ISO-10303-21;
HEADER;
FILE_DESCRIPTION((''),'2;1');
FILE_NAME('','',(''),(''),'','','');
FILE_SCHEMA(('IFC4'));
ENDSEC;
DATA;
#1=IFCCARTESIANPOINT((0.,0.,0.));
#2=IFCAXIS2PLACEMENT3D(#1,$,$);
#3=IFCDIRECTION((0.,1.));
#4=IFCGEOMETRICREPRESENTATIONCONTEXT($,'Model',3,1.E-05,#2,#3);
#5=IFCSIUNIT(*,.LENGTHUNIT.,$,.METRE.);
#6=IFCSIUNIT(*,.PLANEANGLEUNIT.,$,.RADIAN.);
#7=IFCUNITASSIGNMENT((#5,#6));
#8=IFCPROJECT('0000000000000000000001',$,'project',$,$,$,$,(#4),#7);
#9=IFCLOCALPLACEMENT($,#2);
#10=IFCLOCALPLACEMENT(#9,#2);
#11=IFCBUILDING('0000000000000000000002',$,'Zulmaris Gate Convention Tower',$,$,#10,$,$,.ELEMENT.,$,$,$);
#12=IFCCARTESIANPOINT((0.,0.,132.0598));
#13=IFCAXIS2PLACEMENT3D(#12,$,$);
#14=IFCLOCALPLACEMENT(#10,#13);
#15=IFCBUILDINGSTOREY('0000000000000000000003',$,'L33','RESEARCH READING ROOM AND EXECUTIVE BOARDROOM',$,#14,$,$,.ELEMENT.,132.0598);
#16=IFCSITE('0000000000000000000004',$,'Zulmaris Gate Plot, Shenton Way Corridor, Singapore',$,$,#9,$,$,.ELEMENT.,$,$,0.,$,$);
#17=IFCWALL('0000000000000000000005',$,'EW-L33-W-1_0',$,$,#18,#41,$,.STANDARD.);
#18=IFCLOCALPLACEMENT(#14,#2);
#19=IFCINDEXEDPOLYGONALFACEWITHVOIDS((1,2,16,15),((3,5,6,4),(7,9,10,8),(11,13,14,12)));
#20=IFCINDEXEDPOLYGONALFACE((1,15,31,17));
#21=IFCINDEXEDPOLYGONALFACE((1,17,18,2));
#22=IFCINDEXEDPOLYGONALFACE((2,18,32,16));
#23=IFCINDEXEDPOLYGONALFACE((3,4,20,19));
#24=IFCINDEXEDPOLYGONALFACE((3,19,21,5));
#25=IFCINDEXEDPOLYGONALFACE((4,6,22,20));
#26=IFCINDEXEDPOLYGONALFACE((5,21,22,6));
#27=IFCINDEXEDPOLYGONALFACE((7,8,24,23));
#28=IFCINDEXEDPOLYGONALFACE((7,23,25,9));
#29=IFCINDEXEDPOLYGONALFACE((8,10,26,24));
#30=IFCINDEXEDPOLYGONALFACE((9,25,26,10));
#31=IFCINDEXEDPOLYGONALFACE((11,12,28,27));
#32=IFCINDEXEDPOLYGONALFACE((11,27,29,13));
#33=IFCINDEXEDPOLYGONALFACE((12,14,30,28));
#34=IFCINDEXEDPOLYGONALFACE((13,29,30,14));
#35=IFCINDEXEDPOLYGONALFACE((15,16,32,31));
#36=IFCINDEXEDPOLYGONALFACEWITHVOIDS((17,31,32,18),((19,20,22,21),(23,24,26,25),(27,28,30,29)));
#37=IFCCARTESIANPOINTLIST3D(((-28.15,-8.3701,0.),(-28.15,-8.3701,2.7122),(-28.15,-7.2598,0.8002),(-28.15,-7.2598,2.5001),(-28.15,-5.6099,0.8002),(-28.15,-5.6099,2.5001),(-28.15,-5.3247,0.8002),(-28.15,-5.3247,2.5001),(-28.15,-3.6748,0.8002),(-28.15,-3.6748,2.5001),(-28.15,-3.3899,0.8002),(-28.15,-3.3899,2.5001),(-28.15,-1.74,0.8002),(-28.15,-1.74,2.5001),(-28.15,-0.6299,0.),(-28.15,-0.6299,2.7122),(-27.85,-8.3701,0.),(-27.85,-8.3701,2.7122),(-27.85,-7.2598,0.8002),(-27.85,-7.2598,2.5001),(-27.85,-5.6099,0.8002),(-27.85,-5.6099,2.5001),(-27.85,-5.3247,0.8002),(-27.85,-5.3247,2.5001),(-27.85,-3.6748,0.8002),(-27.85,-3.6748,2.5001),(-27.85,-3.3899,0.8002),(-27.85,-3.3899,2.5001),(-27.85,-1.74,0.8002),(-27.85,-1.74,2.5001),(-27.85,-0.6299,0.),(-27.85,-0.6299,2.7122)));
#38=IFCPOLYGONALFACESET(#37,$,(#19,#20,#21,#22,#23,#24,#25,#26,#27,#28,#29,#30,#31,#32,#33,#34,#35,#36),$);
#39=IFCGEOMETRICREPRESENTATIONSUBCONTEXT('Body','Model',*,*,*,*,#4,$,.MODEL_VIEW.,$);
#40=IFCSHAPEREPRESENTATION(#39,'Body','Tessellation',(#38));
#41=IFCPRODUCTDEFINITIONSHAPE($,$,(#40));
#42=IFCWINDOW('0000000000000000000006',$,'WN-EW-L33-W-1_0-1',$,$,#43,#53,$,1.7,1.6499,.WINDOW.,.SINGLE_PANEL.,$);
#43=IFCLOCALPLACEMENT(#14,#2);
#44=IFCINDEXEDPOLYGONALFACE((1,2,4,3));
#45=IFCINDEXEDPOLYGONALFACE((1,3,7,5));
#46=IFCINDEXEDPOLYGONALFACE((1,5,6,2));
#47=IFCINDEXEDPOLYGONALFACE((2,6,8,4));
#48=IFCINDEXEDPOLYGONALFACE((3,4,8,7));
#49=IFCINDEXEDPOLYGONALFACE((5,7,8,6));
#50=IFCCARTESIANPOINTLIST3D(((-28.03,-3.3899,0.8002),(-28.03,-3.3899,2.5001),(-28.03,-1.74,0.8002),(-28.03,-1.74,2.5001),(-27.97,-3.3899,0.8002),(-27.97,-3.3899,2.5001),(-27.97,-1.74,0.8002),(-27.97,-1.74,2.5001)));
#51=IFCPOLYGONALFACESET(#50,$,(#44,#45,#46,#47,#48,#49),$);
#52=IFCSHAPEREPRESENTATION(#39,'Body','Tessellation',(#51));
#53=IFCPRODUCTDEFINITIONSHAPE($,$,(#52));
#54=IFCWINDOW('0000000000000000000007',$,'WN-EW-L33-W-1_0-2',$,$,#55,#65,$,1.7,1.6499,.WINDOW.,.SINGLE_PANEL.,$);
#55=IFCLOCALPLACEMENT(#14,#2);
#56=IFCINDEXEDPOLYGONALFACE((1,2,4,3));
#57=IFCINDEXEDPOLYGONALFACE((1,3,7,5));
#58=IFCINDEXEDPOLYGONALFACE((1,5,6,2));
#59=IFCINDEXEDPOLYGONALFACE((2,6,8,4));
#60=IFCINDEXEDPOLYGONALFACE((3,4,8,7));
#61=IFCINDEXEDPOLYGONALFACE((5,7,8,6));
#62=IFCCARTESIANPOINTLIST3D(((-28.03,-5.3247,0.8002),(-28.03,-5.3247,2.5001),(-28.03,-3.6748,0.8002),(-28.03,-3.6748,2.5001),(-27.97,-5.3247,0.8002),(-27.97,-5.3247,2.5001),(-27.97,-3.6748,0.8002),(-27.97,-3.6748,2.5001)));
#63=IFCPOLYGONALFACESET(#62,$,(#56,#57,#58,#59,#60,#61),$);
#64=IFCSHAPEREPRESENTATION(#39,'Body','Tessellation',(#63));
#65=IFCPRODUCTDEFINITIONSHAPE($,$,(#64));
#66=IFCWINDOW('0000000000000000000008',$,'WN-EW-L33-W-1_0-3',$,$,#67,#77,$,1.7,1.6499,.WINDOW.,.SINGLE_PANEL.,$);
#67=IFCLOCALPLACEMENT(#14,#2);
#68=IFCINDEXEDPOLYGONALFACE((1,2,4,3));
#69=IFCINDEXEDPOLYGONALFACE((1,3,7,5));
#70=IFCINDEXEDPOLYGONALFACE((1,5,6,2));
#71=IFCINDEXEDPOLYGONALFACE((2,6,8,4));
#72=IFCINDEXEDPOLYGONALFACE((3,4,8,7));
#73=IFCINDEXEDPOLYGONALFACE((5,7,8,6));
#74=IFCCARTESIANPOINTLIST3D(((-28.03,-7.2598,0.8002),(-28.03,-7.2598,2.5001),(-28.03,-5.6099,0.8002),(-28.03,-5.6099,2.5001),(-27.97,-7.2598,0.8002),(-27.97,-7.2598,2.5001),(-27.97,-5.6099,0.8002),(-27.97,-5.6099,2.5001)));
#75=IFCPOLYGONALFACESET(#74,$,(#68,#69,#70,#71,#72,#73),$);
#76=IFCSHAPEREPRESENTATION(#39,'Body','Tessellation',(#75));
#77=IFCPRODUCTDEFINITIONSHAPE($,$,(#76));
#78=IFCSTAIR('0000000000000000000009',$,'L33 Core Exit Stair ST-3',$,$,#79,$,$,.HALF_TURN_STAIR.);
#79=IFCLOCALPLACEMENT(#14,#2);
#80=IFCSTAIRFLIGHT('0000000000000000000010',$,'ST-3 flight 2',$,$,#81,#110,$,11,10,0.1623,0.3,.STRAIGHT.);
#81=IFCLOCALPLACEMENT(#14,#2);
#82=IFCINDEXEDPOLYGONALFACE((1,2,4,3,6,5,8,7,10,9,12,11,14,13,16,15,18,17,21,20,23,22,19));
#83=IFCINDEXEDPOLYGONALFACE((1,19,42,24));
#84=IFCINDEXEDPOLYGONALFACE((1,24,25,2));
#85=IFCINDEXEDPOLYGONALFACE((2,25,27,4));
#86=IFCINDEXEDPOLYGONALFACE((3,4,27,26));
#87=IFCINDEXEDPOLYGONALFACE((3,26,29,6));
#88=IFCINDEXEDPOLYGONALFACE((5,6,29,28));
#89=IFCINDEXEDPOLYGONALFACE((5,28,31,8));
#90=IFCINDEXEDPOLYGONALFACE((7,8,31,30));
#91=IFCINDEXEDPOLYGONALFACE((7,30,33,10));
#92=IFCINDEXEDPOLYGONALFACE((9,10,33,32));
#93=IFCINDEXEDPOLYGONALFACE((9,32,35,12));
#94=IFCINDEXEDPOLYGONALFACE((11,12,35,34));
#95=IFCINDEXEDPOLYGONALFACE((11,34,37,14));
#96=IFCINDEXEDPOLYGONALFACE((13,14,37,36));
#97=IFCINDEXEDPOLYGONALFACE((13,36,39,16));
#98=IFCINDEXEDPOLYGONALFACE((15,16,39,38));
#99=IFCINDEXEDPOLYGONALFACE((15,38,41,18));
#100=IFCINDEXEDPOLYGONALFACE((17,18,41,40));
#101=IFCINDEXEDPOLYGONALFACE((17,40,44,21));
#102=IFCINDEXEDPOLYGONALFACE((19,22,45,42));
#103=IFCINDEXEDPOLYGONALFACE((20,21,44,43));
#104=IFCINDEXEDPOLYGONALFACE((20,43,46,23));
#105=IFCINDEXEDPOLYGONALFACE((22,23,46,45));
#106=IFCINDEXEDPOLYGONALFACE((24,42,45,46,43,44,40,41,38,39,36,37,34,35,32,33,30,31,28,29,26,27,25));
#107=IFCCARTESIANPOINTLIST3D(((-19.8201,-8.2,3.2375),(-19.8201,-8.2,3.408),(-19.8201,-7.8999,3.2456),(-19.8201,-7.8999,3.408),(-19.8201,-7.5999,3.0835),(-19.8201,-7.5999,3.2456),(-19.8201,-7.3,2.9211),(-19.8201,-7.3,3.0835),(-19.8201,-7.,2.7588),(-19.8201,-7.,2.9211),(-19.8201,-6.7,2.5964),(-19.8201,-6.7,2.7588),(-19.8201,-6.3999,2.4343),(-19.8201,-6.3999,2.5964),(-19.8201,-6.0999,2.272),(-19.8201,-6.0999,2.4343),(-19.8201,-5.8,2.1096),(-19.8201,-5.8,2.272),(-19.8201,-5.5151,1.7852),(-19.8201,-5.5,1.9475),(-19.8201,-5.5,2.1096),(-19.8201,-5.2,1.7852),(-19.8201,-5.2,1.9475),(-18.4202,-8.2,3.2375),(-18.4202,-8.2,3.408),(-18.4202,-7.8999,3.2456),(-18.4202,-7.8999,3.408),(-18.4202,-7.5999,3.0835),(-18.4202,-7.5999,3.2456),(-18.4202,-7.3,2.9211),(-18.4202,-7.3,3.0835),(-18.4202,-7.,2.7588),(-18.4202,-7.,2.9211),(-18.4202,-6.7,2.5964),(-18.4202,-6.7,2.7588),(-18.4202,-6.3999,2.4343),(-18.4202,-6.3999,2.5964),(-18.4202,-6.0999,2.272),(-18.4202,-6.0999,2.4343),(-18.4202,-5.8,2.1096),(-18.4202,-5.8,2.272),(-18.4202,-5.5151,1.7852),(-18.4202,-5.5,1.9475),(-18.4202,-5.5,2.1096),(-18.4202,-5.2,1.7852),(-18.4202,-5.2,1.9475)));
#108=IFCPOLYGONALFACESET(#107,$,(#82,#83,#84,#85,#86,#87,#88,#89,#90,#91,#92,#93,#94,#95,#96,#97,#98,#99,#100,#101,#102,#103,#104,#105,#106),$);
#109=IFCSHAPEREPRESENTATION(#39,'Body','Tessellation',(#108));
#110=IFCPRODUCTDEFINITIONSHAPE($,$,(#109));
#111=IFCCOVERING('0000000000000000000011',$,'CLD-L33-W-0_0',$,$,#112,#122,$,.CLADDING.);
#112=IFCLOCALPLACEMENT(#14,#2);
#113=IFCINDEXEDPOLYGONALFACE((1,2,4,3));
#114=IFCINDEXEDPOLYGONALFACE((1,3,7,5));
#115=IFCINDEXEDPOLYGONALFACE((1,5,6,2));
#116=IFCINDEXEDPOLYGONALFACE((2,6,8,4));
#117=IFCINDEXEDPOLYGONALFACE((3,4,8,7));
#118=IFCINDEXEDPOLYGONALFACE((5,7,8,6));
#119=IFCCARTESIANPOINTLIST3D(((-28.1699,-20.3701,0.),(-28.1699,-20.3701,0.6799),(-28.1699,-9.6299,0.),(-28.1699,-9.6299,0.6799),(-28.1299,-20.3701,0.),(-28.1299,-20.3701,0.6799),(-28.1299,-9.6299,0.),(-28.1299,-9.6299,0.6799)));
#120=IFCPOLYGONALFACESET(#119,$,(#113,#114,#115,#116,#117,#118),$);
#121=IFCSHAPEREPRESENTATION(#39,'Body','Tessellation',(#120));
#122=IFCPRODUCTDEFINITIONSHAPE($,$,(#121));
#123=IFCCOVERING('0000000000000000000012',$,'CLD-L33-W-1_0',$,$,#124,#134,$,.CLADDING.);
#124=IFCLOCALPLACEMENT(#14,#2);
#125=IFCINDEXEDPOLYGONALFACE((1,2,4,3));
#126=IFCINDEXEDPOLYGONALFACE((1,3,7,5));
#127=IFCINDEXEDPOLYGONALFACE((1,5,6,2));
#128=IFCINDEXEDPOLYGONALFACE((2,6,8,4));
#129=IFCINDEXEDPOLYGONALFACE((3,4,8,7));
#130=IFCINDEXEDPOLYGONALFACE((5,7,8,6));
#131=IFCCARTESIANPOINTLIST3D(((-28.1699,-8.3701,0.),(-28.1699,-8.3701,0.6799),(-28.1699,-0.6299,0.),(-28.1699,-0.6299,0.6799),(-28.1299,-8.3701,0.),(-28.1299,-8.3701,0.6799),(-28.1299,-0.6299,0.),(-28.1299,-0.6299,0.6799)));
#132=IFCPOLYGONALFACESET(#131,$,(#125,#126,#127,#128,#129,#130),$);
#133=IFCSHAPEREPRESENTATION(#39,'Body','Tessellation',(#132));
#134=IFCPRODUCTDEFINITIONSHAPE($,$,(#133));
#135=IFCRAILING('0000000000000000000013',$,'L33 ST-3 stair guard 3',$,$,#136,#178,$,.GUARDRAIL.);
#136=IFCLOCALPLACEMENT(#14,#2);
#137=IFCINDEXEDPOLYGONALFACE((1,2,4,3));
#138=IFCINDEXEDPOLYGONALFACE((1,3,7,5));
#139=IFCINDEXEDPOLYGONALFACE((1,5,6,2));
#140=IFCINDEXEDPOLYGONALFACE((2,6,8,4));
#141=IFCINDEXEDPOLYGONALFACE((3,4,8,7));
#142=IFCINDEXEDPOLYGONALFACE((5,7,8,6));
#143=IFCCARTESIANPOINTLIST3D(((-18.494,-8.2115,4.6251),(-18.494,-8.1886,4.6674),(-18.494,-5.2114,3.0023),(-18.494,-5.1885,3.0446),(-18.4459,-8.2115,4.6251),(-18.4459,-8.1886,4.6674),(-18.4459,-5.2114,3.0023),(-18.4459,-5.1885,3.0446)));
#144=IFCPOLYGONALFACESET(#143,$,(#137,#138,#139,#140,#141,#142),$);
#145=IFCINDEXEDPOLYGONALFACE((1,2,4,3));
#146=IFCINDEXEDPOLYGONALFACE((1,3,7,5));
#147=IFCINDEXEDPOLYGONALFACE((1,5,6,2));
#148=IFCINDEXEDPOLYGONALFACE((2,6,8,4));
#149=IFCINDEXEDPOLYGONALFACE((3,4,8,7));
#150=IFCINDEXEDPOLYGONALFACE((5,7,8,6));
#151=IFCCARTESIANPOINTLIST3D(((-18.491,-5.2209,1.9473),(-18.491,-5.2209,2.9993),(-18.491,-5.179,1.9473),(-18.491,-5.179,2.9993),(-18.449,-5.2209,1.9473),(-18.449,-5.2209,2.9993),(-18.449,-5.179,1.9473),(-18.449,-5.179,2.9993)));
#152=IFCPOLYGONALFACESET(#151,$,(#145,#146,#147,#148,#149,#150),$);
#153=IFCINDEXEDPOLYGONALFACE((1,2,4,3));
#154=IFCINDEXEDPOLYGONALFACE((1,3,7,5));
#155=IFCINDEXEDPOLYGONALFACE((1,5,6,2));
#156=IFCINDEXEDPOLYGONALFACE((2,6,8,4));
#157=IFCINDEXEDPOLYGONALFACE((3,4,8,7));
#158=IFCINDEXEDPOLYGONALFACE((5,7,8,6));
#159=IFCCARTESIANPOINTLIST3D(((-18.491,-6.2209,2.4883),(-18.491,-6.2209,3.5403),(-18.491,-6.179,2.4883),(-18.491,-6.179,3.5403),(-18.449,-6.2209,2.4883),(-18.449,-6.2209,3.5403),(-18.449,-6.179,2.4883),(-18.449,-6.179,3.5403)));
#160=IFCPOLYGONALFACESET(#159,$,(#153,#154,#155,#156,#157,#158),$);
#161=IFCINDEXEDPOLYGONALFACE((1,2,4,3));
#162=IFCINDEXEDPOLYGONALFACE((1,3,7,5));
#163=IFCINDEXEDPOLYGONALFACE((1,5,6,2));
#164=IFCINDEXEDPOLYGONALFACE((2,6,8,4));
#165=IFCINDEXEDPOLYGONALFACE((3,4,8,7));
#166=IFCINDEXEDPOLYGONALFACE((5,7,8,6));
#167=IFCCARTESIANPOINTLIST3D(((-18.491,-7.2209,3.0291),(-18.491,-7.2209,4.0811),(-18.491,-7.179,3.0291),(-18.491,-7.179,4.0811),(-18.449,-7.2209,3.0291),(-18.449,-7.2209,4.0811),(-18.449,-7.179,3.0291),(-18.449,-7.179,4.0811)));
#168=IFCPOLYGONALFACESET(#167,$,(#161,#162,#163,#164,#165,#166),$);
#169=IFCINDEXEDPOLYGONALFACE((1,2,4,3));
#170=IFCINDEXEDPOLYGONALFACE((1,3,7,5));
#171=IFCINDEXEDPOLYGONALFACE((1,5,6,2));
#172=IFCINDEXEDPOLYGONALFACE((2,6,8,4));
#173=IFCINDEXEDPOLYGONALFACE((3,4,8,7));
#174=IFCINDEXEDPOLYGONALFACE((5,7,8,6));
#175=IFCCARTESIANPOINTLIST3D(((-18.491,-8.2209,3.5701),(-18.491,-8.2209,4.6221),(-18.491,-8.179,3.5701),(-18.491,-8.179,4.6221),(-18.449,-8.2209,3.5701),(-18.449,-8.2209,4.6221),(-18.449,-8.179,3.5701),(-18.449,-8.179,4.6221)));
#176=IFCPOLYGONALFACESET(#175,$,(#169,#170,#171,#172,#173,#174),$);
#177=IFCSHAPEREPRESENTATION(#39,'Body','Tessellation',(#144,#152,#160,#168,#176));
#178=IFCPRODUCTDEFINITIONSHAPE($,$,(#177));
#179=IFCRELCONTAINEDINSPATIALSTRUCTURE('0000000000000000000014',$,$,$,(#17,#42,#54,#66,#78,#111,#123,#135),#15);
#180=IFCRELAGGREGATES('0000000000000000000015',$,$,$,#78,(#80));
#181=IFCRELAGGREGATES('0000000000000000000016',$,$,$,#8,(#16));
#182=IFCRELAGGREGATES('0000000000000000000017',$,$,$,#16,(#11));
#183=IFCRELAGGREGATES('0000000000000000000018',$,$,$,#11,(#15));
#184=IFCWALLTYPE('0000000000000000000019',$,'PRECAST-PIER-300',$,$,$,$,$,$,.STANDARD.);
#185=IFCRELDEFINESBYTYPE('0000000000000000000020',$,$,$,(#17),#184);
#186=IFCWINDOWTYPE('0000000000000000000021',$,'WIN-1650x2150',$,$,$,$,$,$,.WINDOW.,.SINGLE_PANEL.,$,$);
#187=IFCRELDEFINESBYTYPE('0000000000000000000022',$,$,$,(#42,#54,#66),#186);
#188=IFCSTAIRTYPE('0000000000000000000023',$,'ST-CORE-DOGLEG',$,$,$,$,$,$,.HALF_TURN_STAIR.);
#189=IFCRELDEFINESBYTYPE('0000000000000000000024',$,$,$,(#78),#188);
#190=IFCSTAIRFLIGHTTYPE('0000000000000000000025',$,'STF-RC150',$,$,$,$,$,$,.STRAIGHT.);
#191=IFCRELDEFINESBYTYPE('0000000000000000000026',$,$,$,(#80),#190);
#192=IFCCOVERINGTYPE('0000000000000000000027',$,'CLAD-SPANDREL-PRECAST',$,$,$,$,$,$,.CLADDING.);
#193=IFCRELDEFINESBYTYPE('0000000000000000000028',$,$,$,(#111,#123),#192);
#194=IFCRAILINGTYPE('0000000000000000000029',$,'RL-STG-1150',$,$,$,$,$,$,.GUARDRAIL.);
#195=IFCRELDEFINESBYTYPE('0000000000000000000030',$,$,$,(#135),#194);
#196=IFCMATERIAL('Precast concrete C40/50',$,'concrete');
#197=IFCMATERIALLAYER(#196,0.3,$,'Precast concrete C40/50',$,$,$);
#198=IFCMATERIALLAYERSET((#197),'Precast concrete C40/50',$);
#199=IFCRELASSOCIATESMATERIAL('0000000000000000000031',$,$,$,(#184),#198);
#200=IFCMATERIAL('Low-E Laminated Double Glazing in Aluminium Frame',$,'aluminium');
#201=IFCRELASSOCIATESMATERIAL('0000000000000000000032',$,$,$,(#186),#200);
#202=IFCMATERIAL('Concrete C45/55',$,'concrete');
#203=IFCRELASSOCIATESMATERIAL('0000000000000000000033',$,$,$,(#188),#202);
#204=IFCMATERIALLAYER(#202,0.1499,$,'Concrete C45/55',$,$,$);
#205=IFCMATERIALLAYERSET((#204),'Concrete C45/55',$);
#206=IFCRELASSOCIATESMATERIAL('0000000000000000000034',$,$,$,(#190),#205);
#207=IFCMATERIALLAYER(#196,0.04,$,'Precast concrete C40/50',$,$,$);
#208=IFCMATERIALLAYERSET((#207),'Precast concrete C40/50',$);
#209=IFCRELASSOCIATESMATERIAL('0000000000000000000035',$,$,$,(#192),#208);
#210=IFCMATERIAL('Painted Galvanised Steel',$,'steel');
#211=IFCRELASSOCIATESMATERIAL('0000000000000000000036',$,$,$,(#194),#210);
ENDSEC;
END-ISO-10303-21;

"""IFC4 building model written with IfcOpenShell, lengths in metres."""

from ifc_helpers import new_model, si_unit, direction, frame, frame_2d, origin, origin_2d, place, context, subcontext, project, spatial, polyline, rectangle, outline, extrude, material, layer, layer_set, type_object, element, fill, aggregate, save


model = new_model("IFC4")

# Units and contexts
model_context = context("Model", 3, precision=1e-05, world=origin(), true_north=direction((0.0, 1.0)))
body_context = subcontext(model_context, "Body", "Model", "MODEL_VIEW")
ifc_project = project(units=[si_unit("LENGTHUNIT", "METRE"), si_unit("PLANEANGLEUNIT", "RADIAN")], contexts=[model_context])

# Site, building, storey
site_placement = place(None, origin())
site = spatial("IfcSite", under=ifc_project, at=site_placement, Name="Zulmaris Gate Plot, Shenton Way Corridor, Singapore", CompositionType="ELEMENT", RefElevation=0.0)
building_placement = place(site_placement, origin())
building = spatial("IfcBuilding", under=site, at=building_placement, Name="Zulmaris Gate Convention Tower", CompositionType="ELEMENT")
storey_placement = place(building_placement, frame((0.0, 0.0, 132.0598)))
storey = spatial("IfcBuildingStorey", under=building, at=storey_placement, Name="L33", Description="RESEARCH READING ROOM AND EXECUTIVE BOARDROOM", CompositionType="ELEMENT", Elevation=132.0598)

# Shared definitions
ifc_material_1 = material(Name="Precast concrete C40/50", Category="concrete")
ifc_layer_1 = layer(ifc_material_1, 0.3, Name="Precast concrete C40/50")
ifc_layer_set_1 = layer_set([ifc_layer_1], Name="Precast concrete C40/50")
wall_type_1 = type_object("IfcWallType", Name="PRECAST-PIER-300", PredefinedType="STANDARD", material=ifc_layer_set_1)

# Wall, openings, windows
wall_1_placement = place(storey_placement, frame((-28.0, -0.6299, 0.0), z_axis=(0.0, 0.0, 1.0), x_axis=(0.0, -1.0, 0.0)))
wall_1 = element("IfcWall", 1, at=wall_1_placement, inside=storey, type_object=wall_type_1, Name="EW-L33-W-1_0", PredefinedType="STANDARD", context=body_context, shape_type="SweptSolid", body=[
    extrude(rectangle(XDim=7.7402, YDim=0.3, at=frame_2d((3.8701, 0.0))), origin(), (0.0, 0.0, 1.0), 2.7122),
])
opening_1_placement = place(wall_1_placement, frame((1.1101, 0.0, 0.8)))
opening_1 = element("IfcOpeningElement", 2, at=opening_1_placement, cuts=wall_1, PredefinedType="OPENING", context=body_context, shape_type="SweptSolid", body=[
    extrude(rectangle(XDim=1.6499, YDim=1.7, at=frame_2d((0.825, 0.8501))), frame((0.0, 0.1602, 0.0), z_axis=(0.0, -1.0, 0.0), x_axis=(1.0, 0.0, 0.0)), (0.0, 0.0, 1.0), 0.3201),
])
opening_2_placement = place(wall_1_placement, frame((3.0449, 0.0, 0.8)))
opening_2 = element("IfcOpeningElement", 3, at=opening_2_placement, cuts=wall_1, PredefinedType="OPENING", context=body_context, shape_type="SweptSolid", body=[
    extrude(rectangle(XDim=1.6499, YDim=1.7, at=frame_2d((0.825, 0.8501))), frame((0.0, 0.1602, 0.0), z_axis=(0.0, -1.0, 0.0), x_axis=(1.0, 0.0, 0.0)), (0.0, 0.0, 1.0), 0.3201),
])
opening_3_placement = place(wall_1_placement, frame((4.98, 0.0, 0.8)))
opening_3 = element("IfcOpeningElement", 4, at=opening_3_placement, cuts=wall_1, PredefinedType="OPENING", context=body_context, shape_type="SweptSolid", body=[
    extrude(rectangle(XDim=1.6499, YDim=1.7, at=frame_2d((0.825, 0.8501))), frame((0.0, 0.1602, 0.0), z_axis=(0.0, -1.0, 0.0), x_axis=(1.0, 0.0, 0.0)), (0.0, 0.0, 1.0), 0.3201),
])
ifc_material_2 = material(Name="Low-E Laminated Double Glazing in Aluminium Frame", Category="aluminium")
window_type = type_object("IfcWindowType", Name="WIN-1650x2150", PartitioningType="SINGLE_PANEL", PredefinedType="WINDOW", material=ifc_material_2)
window_1_placement = place(opening_1_placement, origin())
window_1 = element("IfcWindow", 5, at=window_1_placement, inside=storey, type_object=window_type, Name="WN-EW-L33-W-1_0-1", OverallHeight=1.7, OverallWidth=1.6499, PartitioningType="SINGLE_PANEL", PredefinedType="WINDOW", context=body_context, shape_type="SweptSolid", body=[
    extrude(rectangle(XDim=1.6499, YDim=1.7, at=frame_2d((0.825, 0.8501))), frame((0.0, 0.03, 0.0), z_axis=(0.0, -1.0, 0.0), x_axis=(1.0, 0.0, 0.0)), (0.0, 0.0, 1.0), 0.0601),
])
fill(opening_1, window_1)
window_2_placement = place(opening_2_placement, origin())
window_2 = element("IfcWindow", 6, at=window_2_placement, inside=storey, type_object=window_type, Name="WN-EW-L33-W-1_0-2", OverallHeight=1.7, OverallWidth=1.6499, PartitioningType="SINGLE_PANEL", PredefinedType="WINDOW", context=body_context, shape_type="SweptSolid", body=[
    extrude(rectangle(XDim=1.6499, YDim=1.7, at=frame_2d((0.825, 0.8501))), frame((0.0, 0.03, 0.0), z_axis=(0.0, -1.0, 0.0), x_axis=(1.0, 0.0, 0.0)), (0.0, 0.0, 1.0), 0.0601),
])
fill(opening_2, window_2)
window_3_placement = place(opening_3_placement, origin())
window_3 = element("IfcWindow", 7, at=window_3_placement, inside=storey, type_object=window_type, Name="WN-EW-L33-W-1_0-3", OverallHeight=1.7, OverallWidth=1.6499, PartitioningType="SINGLE_PANEL", PredefinedType="WINDOW", context=body_context, shape_type="SweptSolid", body=[
    extrude(rectangle(XDim=1.6499, YDim=1.7, at=frame_2d((0.825, 0.8501))), frame((0.0, 0.03, 0.0), z_axis=(0.0, -1.0, 0.0), x_axis=(1.0, 0.0, 0.0)), (0.0, 0.0, 1.0), 0.0601),
])
fill(opening_3, window_3)

# Stair, stair flight
ifc_material_3 = material(Name="Concrete C45/55", Category="concrete")
stair_type = type_object("IfcStairType", Name="ST-CORE-DOGLEG", PredefinedType="HALF_TURN_STAIR", material=ifc_material_3)
stair_placement = place(storey_placement, origin())
stair = element("IfcStair", 8, at=stair_placement, inside=storey, type_object=stair_type, Name="L33 Core Exit Stair ST-3", PredefinedType="HALF_TURN_STAIR")
ifc_layer_2 = layer(ifc_material_3, 0.1499, Name="Concrete C45/55")
ifc_layer_set_2 = layer_set([ifc_layer_2], Name="Concrete C45/55")
stair_flight_type = type_object("IfcStairFlightType", Name="STF-RC150", PredefinedType="STRAIGHT", material=ifc_layer_set_2)
stair_flight_placement = place(storey_placement, frame((-19.1201, -5.2, 1.7852), z_axis=(0.0, 0.0, 1.0), x_axis=(0.0, -1.0, 0.0)))
stair_flight = element("IfcStairFlight", 9, at=stair_flight_placement, type_object=stair_flight_type, Name="ST-3 flight 2", NumberOfRisers=11, NumberOfTreads=10, PredefinedType="STRAIGHT", RiserHeight=0.1623, TreadLength=0.3, context=body_context, shape_type="SweptSolid", body=[
    extrude(outline(polyline([(0.0, 0.0), (0.0, 0.1624), (0.3, 0.1624), (0.3, 0.3245), (0.6001, 0.3245), (0.6001, 0.4868), (0.8999, 0.4868), (0.8999, 0.6492), (1.2, 0.6492), (1.2, 0.8113), (1.5, 0.8113), (1.5, 0.9736), (1.8, 0.9736), (1.8, 1.136), (2.1001, 1.136), (2.1001, 1.2983), (2.3999, 1.2983), (2.3999, 1.4604), (2.7, 1.4604), (2.7, 1.6228), (3.0, 1.6228), (3.0, 1.7852), (3.0, 1.4524), (0.3152, 0.0), (0.0, 0.0)])), frame((0.0, 0.7, 0.0), z_axis=(0.0, -1.0, 0.0), x_axis=(1.0, 0.0, 0.0)), (0.0, 0.0, 1.0), 1.3999),
])
aggregate(stair, [stair_flight])

# Coverings
ifc_layer_3 = layer(ifc_material_1, 0.04, Name="Precast concrete C40/50")
ifc_layer_set_3 = layer_set([ifc_layer_3], Name="Precast concrete C40/50")
covering_type = type_object("IfcCoveringType", Name="CLAD-SPANDREL-PRECAST", PredefinedType="CLADDING", material=ifc_layer_set_3)
covering_1_placement = place(storey_placement, frame((-28.1499, -9.6299, 0.0), z_axis=(0.0, 0.0, 1.0), x_axis=(0.0, -1.0, 0.0)))
element("IfcCovering", 10, at=covering_1_placement, inside=storey, type_object=covering_type, Name="CLD-L33-W-0_0", PredefinedType="CLADDING", context=body_context, shape_type="SweptSolid", body=[
    extrude(rectangle(XDim=10.7402, YDim=0.04, at=frame_2d((5.3701, 0.0))), origin(), (0.0, 0.0, 1.0), 0.6799),
])
covering_2_placement = place(storey_placement, frame((-28.1499, -0.6299, 0.0), z_axis=(0.0, 0.0, 1.0), x_axis=(0.0, -1.0, 0.0)))
element("IfcCovering", 11, at=covering_2_placement, inside=storey, type_object=covering_type, Name="CLD-L33-W-1_0", PredefinedType="CLADDING", context=body_context, shape_type="SweptSolid", body=[
    extrude(rectangle(XDim=7.7402, YDim=0.04, at=frame_2d((3.8701, 0.0))), origin(), (0.0, 0.0, 1.0), 0.6799),
])

# Railing
ifc_material_4 = material(Name="Painted Galvanised Steel", Category="steel")
railing_type_1 = type_object("IfcRailingType", Name="RL-STG-1150", PredefinedType="GUARDRAIL", material=ifc_material_4)
railing_1_placement = place(storey_placement, frame((-18.47, -5.2, 1.9473)))
element("IfcRailing", 12, at=railing_1_placement, inside=storey, type_object=railing_type_1, Name="L33 ST-3 stair guard 3", PredefinedType="GUARDRAIL", context=body_context, shape_type="SweptSolid", body=[
    extrude(rectangle(XDim=0.0481, YDim=0.0481, at=origin_2d()), frame((0.0, 0.0, 1.0762), z_axis=(0.0, -0.879562, 0.475785), x_axis=(1.0, 0.0, 0.0)), (0.0, 0.0, 1.0), 3.4109),
    extrude(rectangle(XDim=0.042, YDim=0.042, at=origin_2d()), origin(), (0.0, 0.0, 1.0), 1.052),
    extrude(rectangle(XDim=0.042, YDim=0.042, at=origin_2d()), frame((0.0, -1.0, 0.541)), (0.0, 0.0, 1.0), 1.052),
    extrude(rectangle(XDim=0.042, YDim=0.042, at=origin_2d()), frame((0.0, -2.0, 1.0818)), (0.0, 0.0, 1.0), 1.052),
    extrude(rectangle(XDim=0.042, YDim=0.042, at=origin_2d()), frame((0.0, -3.0, 1.6228)), (0.0, 0.0, 1.0), 1.052),
])

save(model, "model.ifc")
